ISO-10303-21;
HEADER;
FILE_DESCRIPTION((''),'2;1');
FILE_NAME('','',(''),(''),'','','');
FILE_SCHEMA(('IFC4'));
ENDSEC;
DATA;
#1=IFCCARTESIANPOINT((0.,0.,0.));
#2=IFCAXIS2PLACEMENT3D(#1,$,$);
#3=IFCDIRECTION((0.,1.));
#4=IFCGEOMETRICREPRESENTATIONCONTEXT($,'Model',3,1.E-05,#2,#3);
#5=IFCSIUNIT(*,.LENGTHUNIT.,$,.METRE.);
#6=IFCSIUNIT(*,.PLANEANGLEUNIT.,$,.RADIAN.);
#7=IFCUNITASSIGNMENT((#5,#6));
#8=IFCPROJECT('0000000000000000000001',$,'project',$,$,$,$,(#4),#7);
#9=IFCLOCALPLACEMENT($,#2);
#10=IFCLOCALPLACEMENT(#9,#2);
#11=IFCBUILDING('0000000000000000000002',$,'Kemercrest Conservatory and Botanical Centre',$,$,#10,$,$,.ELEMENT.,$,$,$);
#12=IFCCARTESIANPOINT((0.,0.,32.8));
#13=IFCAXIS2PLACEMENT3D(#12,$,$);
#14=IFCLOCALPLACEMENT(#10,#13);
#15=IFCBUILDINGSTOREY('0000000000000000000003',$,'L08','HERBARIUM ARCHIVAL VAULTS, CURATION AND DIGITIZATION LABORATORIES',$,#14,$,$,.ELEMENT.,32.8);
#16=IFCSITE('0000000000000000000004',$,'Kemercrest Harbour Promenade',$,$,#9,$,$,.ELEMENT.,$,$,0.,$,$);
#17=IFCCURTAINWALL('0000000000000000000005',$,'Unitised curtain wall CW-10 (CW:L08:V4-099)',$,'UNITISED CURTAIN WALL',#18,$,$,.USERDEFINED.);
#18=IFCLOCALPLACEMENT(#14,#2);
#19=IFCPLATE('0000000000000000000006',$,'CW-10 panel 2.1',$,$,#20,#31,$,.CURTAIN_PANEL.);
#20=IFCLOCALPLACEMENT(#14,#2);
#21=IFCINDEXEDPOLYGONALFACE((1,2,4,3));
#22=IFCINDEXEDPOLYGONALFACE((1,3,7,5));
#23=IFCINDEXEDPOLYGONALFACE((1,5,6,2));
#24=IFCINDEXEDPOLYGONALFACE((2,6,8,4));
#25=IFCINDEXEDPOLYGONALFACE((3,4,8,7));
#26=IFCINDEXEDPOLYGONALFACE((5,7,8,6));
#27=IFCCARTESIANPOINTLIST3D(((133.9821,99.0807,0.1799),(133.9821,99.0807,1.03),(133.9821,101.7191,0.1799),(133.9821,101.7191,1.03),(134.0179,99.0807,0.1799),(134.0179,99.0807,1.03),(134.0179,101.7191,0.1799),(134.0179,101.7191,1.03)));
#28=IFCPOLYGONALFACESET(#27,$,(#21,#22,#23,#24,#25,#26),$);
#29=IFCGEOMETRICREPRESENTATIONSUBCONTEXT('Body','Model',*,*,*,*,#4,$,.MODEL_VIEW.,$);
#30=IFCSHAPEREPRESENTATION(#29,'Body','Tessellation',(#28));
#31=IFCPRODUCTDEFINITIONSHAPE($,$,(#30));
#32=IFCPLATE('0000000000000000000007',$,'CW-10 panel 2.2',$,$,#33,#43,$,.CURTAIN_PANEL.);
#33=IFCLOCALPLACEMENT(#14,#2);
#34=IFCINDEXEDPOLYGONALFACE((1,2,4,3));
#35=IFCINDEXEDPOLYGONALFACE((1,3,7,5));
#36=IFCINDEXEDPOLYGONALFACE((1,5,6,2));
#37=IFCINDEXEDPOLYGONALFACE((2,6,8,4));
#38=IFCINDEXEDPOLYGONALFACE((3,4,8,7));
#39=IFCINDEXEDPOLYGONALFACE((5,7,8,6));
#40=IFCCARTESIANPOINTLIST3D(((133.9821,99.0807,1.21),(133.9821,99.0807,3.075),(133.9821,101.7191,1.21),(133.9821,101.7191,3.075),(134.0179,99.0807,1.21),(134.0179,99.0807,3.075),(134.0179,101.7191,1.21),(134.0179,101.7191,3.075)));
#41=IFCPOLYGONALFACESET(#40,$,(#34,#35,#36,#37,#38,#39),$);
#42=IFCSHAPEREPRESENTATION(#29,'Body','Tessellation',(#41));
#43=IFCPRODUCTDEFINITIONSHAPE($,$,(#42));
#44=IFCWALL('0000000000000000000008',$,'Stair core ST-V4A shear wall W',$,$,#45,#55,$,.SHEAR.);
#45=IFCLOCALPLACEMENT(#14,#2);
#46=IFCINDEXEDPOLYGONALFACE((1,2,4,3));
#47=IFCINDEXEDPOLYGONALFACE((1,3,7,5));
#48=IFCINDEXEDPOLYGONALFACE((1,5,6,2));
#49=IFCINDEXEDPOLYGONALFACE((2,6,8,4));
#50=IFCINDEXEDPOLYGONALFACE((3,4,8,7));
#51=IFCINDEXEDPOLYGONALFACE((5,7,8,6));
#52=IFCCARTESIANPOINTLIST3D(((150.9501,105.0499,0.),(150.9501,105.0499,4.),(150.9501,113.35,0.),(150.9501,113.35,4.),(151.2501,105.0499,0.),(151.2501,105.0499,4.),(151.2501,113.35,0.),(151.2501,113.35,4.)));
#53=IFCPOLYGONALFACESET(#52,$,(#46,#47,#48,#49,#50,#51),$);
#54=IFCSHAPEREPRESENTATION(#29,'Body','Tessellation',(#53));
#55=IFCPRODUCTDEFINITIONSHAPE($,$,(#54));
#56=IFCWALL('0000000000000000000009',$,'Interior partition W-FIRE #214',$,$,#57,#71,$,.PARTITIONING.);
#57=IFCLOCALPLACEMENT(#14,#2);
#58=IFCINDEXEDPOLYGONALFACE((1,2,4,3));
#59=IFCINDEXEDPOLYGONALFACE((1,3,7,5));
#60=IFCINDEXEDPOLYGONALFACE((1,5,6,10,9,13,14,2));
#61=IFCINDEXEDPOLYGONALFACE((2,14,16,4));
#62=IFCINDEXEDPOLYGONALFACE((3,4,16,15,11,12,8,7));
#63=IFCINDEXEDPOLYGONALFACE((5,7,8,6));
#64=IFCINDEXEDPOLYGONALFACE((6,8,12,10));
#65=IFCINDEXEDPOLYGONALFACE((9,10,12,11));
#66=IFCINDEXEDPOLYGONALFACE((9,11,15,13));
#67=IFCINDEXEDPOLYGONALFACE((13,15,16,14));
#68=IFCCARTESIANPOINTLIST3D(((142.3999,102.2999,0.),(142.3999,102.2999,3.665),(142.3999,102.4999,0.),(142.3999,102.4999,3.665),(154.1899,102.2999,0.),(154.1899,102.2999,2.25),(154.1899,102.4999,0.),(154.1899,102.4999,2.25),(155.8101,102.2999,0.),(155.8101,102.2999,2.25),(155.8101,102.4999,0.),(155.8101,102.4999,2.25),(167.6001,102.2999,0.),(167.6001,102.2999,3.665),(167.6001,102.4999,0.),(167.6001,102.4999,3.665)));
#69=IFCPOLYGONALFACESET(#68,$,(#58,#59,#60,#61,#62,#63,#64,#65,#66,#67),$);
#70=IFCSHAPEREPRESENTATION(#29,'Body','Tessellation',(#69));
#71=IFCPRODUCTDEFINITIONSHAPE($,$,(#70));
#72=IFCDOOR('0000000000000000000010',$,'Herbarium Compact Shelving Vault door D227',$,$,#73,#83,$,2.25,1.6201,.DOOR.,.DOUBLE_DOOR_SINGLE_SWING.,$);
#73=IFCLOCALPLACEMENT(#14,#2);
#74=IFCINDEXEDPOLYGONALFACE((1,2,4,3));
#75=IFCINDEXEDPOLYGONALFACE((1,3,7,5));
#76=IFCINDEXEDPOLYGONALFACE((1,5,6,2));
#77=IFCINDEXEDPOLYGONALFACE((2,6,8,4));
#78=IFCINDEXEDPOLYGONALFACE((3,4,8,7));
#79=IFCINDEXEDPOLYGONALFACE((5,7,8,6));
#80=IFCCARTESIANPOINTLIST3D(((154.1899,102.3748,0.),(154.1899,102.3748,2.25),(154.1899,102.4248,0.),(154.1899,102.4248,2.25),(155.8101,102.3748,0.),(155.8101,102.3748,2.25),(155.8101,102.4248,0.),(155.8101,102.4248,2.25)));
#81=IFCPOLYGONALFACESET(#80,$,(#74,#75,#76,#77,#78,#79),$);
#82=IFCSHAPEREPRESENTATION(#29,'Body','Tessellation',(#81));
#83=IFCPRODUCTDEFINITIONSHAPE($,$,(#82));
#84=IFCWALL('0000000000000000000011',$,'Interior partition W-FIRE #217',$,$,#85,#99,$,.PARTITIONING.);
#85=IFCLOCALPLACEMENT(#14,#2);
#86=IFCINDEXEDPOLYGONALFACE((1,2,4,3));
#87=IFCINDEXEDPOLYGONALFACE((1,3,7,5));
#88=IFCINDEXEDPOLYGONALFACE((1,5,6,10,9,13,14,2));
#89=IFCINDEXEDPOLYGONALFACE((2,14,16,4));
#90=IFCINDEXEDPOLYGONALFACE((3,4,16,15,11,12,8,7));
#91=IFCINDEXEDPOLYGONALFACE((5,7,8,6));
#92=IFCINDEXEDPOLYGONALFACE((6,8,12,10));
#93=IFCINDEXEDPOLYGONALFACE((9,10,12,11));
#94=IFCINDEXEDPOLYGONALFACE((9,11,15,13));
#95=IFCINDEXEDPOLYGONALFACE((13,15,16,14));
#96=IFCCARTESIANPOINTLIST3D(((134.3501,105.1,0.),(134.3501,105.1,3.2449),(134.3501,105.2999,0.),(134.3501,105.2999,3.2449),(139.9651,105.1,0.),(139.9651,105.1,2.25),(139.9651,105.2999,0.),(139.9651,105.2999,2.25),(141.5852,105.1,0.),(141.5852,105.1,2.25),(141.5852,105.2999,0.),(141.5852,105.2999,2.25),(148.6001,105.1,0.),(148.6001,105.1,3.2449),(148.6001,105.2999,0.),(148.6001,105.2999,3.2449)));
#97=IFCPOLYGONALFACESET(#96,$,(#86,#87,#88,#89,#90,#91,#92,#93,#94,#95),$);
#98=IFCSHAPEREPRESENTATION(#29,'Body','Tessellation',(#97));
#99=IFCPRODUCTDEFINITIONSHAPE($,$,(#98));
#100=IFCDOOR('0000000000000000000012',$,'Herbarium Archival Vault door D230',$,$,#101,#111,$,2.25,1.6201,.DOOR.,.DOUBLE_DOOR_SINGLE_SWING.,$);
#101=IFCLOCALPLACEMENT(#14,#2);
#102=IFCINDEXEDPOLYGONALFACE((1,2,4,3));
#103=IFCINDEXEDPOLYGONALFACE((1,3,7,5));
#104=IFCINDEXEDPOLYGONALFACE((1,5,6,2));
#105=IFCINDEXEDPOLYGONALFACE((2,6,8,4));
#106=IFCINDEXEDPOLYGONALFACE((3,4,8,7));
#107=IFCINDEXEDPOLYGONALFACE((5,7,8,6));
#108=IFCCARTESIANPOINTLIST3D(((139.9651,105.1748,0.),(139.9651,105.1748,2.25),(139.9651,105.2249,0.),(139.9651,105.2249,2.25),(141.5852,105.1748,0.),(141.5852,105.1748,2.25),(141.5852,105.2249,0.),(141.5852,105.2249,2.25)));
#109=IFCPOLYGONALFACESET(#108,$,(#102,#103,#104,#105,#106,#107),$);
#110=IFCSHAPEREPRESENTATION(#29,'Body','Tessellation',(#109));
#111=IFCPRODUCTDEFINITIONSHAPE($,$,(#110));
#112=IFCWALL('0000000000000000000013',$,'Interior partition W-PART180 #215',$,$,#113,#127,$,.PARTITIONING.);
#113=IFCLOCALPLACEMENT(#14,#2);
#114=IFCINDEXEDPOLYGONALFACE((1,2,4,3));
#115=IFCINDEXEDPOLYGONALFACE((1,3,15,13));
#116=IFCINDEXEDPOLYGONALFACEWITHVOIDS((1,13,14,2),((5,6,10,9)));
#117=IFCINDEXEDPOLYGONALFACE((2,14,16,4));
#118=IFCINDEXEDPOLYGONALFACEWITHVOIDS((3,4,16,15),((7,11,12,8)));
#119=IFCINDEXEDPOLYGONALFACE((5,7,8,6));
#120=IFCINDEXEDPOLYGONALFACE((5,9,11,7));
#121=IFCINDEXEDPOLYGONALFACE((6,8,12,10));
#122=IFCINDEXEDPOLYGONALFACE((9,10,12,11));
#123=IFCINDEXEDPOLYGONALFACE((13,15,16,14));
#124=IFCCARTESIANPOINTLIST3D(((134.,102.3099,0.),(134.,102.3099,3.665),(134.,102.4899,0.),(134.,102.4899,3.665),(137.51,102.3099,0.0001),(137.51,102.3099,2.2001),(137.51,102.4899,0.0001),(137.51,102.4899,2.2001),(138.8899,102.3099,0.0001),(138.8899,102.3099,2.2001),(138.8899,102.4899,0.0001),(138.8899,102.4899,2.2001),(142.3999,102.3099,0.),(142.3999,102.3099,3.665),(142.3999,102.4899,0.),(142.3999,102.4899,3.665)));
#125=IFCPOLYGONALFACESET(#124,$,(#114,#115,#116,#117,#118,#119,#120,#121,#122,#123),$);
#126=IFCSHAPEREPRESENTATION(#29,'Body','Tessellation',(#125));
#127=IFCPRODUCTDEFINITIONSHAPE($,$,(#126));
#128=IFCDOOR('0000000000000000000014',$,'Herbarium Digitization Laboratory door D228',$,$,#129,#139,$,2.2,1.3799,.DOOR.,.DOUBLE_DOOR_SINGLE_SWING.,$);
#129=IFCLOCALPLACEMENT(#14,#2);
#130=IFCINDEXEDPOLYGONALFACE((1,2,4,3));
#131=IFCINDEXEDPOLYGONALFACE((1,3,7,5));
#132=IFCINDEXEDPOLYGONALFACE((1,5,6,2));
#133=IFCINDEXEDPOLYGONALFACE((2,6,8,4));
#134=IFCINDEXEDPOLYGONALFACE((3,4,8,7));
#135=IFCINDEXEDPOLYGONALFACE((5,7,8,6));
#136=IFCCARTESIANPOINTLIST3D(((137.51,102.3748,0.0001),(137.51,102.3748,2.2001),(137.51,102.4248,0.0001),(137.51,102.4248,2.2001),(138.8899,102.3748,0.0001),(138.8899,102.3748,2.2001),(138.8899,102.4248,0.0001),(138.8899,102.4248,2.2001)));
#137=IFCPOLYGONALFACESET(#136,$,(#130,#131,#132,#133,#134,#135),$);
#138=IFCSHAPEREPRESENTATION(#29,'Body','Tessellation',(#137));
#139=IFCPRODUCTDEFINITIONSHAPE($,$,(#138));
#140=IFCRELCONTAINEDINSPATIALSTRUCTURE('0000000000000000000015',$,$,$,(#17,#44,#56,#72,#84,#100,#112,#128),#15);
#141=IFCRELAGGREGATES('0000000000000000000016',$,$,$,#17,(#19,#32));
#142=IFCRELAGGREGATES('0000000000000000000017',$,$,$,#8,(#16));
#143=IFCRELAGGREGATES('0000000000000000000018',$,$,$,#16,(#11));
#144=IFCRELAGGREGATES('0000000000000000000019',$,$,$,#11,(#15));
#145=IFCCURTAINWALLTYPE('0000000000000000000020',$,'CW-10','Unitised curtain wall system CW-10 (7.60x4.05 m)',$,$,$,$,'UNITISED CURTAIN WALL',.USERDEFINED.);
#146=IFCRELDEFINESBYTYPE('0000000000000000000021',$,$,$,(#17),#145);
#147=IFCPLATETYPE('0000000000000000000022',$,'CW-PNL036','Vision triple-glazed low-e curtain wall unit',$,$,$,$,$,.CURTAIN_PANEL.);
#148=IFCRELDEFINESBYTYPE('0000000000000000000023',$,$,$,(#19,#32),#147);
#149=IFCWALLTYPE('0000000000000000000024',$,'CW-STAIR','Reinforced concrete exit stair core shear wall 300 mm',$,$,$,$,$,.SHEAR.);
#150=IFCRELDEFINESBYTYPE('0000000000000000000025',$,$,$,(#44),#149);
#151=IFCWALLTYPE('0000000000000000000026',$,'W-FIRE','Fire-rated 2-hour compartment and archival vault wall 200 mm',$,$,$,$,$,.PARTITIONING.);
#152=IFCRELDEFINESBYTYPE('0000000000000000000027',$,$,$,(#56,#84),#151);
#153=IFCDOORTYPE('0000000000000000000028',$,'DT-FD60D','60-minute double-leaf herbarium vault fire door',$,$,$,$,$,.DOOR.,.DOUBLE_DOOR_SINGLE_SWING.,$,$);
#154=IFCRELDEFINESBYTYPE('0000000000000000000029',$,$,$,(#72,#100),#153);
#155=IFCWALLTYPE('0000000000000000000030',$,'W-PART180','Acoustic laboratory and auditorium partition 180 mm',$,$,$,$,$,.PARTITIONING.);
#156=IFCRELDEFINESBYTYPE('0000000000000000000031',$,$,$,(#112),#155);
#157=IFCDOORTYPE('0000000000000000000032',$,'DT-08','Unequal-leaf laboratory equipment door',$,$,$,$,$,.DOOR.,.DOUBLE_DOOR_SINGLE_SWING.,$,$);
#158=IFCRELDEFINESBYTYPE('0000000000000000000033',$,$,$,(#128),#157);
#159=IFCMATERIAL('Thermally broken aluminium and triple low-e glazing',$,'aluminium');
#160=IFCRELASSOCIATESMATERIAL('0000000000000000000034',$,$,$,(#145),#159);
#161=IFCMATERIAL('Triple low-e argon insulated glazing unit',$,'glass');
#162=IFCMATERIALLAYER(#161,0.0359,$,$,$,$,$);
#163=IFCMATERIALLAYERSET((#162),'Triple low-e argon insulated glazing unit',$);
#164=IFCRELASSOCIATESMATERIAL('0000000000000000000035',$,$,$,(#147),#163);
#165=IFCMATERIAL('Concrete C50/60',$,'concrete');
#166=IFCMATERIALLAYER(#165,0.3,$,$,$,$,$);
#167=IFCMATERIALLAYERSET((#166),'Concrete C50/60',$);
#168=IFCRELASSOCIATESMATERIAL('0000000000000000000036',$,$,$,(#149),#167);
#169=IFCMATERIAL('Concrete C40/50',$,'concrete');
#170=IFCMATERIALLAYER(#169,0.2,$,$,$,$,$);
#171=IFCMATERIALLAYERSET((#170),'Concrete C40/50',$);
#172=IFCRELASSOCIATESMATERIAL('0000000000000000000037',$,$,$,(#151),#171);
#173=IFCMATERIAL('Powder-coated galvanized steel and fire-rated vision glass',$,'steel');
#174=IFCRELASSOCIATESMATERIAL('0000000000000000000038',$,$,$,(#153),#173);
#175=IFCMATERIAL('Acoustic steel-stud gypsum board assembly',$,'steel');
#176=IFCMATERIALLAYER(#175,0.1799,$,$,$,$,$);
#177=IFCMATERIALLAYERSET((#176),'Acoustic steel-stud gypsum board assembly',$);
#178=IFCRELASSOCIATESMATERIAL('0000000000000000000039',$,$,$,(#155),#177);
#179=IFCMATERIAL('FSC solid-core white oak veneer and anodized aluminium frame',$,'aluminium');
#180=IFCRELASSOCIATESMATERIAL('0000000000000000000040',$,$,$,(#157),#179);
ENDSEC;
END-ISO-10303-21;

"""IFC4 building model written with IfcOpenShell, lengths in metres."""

from ifc_helpers import new_model, si_unit, direction, frame, frame_2d, origin, origin_2d, place, context, subcontext, project, spatial, rectangle, extrude, material, layer, layer_set, type_object, element, fill, aggregate, save


model = new_model("IFC4")

# Units and contexts
model_context = context("Model", 3, precision=1e-05, world=origin(), true_north=direction((0.0, 1.0)))
body_context = subcontext(model_context, "Body", "Model", "MODEL_VIEW")
ifc_project = project(units=[si_unit("LENGTHUNIT", "METRE"), si_unit("PLANEANGLEUNIT", "RADIAN")], contexts=[model_context])

# Site, building, storey
site_placement = place(None, origin())
site = spatial("IfcSite", under=ifc_project, at=site_placement, Name="Kemercrest Harbour Promenade", CompositionType="ELEMENT", RefElevation=0.0)
building_placement = place(site_placement, origin())
building = spatial("IfcBuilding", under=site, at=building_placement, Name="Kemercrest Conservatory and Botanical Centre", CompositionType="ELEMENT")
storey_placement = place(building_placement, frame((0.0, 0.0, 32.8)))
storey = spatial("IfcBuildingStorey", under=building, at=storey_placement, Name="L08", Description="HERBARIUM ARCHIVAL VAULTS, CURATION AND DIGITIZATION LABORATORIES", CompositionType="ELEMENT", Elevation=32.8)

# Shared definitions
ifc_material_1 = material(Name="Concrete C50/60", Category="concrete")

# Shared definitions
ifc_material_2 = material(Name="Concrete C40/50", Category="concrete")

# Curtain wall
ifc_material_3 = material(Name="Thermally broken aluminium and triple low-e glazing", Category="aluminium")
curtain_wall_type = type_object("IfcCurtainWallType", Name="CW-10", Description="Unitised curtain wall system CW-10 (7.60x4.05 m)", ElementType="UNITISED CURTAIN WALL", PredefinedType="USERDEFINED", material=ifc_material_3)
curtain_wall_placement = place(storey_placement, origin())
curtain_wall = element("IfcCurtainWall", 1, at=curtain_wall_placement, inside=storey, type_object=curtain_wall_type, Name="Unitised curtain wall CW-10 (CW:L08:V4-099)", ObjectType="UNITISED CURTAIN WALL", PredefinedType="USERDEFINED")

# Plates
ifc_material_4 = material(Name="Triple low-e argon insulated glazing unit", Category="glass")
ifc_layer_1 = layer(ifc_material_4, 0.0359)
ifc_layer_set_1 = layer_set([ifc_layer_1], Name="Triple low-e argon insulated glazing unit")
plate_type = type_object("IfcPlateType", Name="CW-PNL036", Description="Vision triple-glazed low-e curtain wall unit", PredefinedType="CURTAIN_PANEL", material=ifc_layer_set_1)
plate_1_placement = place(storey_placement, frame((134.0, 100.3999, 0.1799), z_axis=(0.0, 0.0, 1.0), x_axis=(0.0, -1.0, 0.0)))
plate_1 = element("IfcPlate", 2, at=plate_1_placement, type_object=plate_type, Name="CW-10 panel 2.1", PredefinedType="CURTAIN_PANEL", context=body_context, shape_type="SweptSolid", body=[
    extrude(rectangle(XDim=2.6384, YDim=0.0359, at=origin_2d()), origin(), (0.0, 0.0, 1.0), 0.8501),
])
plate_2_placement = place(storey_placement, frame((134.0, 100.3999, 1.21), z_axis=(0.0, 0.0, 1.0), x_axis=(0.0, -1.0, 0.0)))
plate_2 = element("IfcPlate", 3, at=plate_2_placement, type_object=plate_type, Name="CW-10 panel 2.2", PredefinedType="CURTAIN_PANEL", context=body_context, shape_type="SweptSolid", body=[
    extrude(rectangle(XDim=2.6384, YDim=0.0359, at=origin_2d()), origin(), (0.0, 0.0, 1.0), 1.865),
])
aggregate(curtain_wall, [plate_1, plate_2])

# Wall
ifc_layer_2 = layer(ifc_material_1, 0.3)
ifc_layer_set_2 = layer_set([ifc_layer_2], Name="Concrete C50/60")
wall_type_1 = type_object("IfcWallType", Name="CW-STAIR", Description="Reinforced concrete exit stair core shear wall 300 mm", PredefinedType="SHEAR", material=ifc_layer_set_2)
wall_1_placement = place(storey_placement, frame((151.1001, 105.05, 0.0), z_axis=(0.0, 0.0, 1.0), x_axis=(0.0, 1.0, 0.0)))
element("IfcWall", 4, at=wall_1_placement, inside=storey, type_object=wall_type_1, Name="Stair core ST-V4A shear wall W", PredefinedType="SHEAR", context=body_context, shape_type="SweptSolid", body=[
    extrude(rectangle(XDim=8.3, YDim=0.3, at=frame_2d((4.1499, 0.0))), origin(), (0.0, 0.0, 1.0), 4.0),
])

# Walls, openings, doors
ifc_layer_3 = layer(ifc_material_2, 0.2)
ifc_layer_set_3 = layer_set([ifc_layer_3], Name="Concrete C40/50")
wall_type_2 = type_object("IfcWallType", Name="W-FIRE", Description="Fire-rated 2-hour compartment and archival vault wall 200 mm", PredefinedType="PARTITIONING", material=ifc_layer_set_3)
wall_2_placement = place(storey_placement, frame((142.3999, 102.3999, 0.0), z_axis=(0.0, 0.0, 1.0), x_axis=(1.0, 0.0, 0.0)))
wall_2 = element("IfcWall", 5, at=wall_2_placement, inside=storey, type_object=wall_type_2, Name="Interior partition W-FIRE #214", PredefinedType="PARTITIONING", context=body_context, shape_type="SweptSolid", body=[
    extrude(rectangle(XDim=25.2002, YDim=0.2, at=frame_2d((12.6001, 0.0))), origin(), (0.0, 0.0, 1.0), 3.665),
])
opening_1_placement = place(wall_2_placement, frame((11.79, 0.0, 0.0)))
opening_1 = element("IfcOpeningElement", 6, at=opening_1_placement, cuts=wall_2, PredefinedType="OPENING", context=body_context, shape_type="SweptSolid", body=[
    extrude(rectangle(XDim=1.6201, YDim=2.25, at=frame_2d((0.8101, 1.125))), frame((0.0, 0.1099, 0.0), z_axis=(0.0, -1.0, 0.0), x_axis=(1.0, 0.0, 0.0)), (0.0, 0.0, 1.0), 0.22),
])
ifc_material_5 = material(Name="Powder-coated galvanized steel and fire-rated vision glass", Category="steel")
door_type_1 = type_object("IfcDoorType", Name="DT-FD60D", Description="60-minute double-leaf herbarium vault fire door", OperationType="DOUBLE_DOOR_SINGLE_SWING", PredefinedType="DOOR", material=ifc_material_5)
door_1_placement = place(opening_1_placement, origin())
door_1 = element("IfcDoor", 7, at=door_1_placement, inside=storey, type_object=door_type_1, Name="Herbarium Compact Shelving Vault door D227", OperationType="DOUBLE_DOOR_SINGLE_SWING", OverallHeight=2.25, OverallWidth=1.6201, PredefinedType="DOOR", context=body_context, shape_type="SweptSolid", body=[
    extrude(rectangle(XDim=1.6201, YDim=2.25, at=frame_2d((0.8101, 1.125))), frame((0.0, 0.0249, 0.0), z_axis=(0.0, -1.0, 0.0), x_axis=(1.0, 0.0, 0.0)), (0.0, 0.0, 1.0), 0.05),
])
fill(opening_1, door_1)
wall_3_placement = place(storey_placement, frame((134.3501, 105.2, 0.0), z_axis=(0.0, 0.0, 1.0), x_axis=(1.0, 0.0, 0.0)))
wall_3 = element("IfcWall", 8, at=wall_3_placement, inside=storey, type_object=wall_type_2, Name="Interior partition W-FIRE #217", PredefinedType="PARTITIONING", context=body_context, shape_type="SweptSolid", body=[
    extrude(rectangle(XDim=14.25, YDim=0.2, at=frame_2d((7.125, 0.0))), origin(), (0.0, 0.0, 1.0), 3.2449),
])
opening_2_placement = place(wall_3_placement, frame((5.615, 0.0, 0.0)))
opening_2 = element("IfcOpeningElement", 9, at=opening_2_placement, cuts=wall_3, PredefinedType="OPENING", context=body_context, shape_type="SweptSolid", body=[
    extrude(rectangle(XDim=1.6201, YDim=2.25, at=frame_2d((0.8101, 1.125))), frame((0.0, 0.1099, 0.0), z_axis=(0.0, -1.0, 0.0), x_axis=(1.0, 0.0, 0.0)), (0.0, 0.0, 1.0), 0.22),
])
door_2_placement = place(opening_2_placement, origin())
door_2 = element("IfcDoor", 10, at=door_2_placement, inside=storey, type_object=door_type_1, Name="Herbarium Archival Vault door D230", OperationType="DOUBLE_DOOR_SINGLE_SWING", OverallHeight=2.25, OverallWidth=1.6201, PredefinedType="DOOR", context=body_context, shape_type="SweptSolid", body=[
    extrude(rectangle(XDim=1.6201, YDim=2.25, at=frame_2d((0.8101, 1.125))), frame((0.0, 0.0249, 0.0), z_axis=(0.0, -1.0, 0.0), x_axis=(1.0, 0.0, 0.0)), (0.0, 0.0, 1.0), 0.05),
])
fill(opening_2, door_2)
ifc_material_6 = material(Name="Acoustic steel-stud gypsum board assembly", Category="steel")
ifc_layer_4 = layer(ifc_material_6, 0.1799)
ifc_layer_set_4 = layer_set([ifc_layer_4], Name="Acoustic steel-stud gypsum board assembly")
wall_type_3 = type_object("IfcWallType", Name="W-PART180", Description="Acoustic laboratory and auditorium partition 180 mm", PredefinedType="PARTITIONING", material=ifc_layer_set_4)
wall_4_placement = place(storey_placement, frame((134.0, 102.3999, 0.0), z_axis=(0.0, 0.0, 1.0), x_axis=(1.0, 0.0, 0.0)))
wall_4 = element("IfcWall", 11, at=wall_4_placement, inside=storey, type_object=wall_type_3, Name="Interior partition W-PART180 #215", PredefinedType="PARTITIONING", context=body_context, shape_type="SweptSolid", body=[
    extrude(rectangle(XDim=8.3999, YDim=0.1799, at=frame_2d((4.2, 0.0))), origin(), (0.0, 0.0, 1.0), 3.665),
])
opening_3_placement = place(wall_4_placement, frame((3.51, 0.0, 0.0)))
opening_3 = element("IfcOpeningElement", 12, at=opening_3_placement, cuts=wall_4, PredefinedType="OPENING", context=body_context, shape_type="SweptSolid", body=[
    extrude(rectangle(XDim=1.3799, YDim=2.2, at=frame_2d((0.6899, 1.1001))), frame((0.0, 0.1001, 0.0), z_axis=(0.0, -1.0, 0.0), x_axis=(1.0, 0.0, 0.0)), (0.0, 0.0, 1.0), 0.2),
])
ifc_material_7 = material(Name="FSC solid-core white oak veneer and anodized aluminium frame", Category="aluminium")
door_type_2 = type_object("IfcDoorType", Name="DT-08", Description="Unequal-leaf laboratory equipment door", OperationType="DOUBLE_DOOR_SINGLE_SWING", PredefinedType="DOOR", material=ifc_material_7)
door_3_placement = place(opening_3_placement, origin())
door_3 = element("IfcDoor", 13, at=door_3_placement, inside=storey, type_object=door_type_2, Name="Herbarium Digitization Laboratory door D228", OperationType="DOUBLE_DOOR_SINGLE_SWING", OverallHeight=2.2, OverallWidth=1.3799, PredefinedType="DOOR", context=body_context, shape_type="SweptSolid", body=[
    extrude(rectangle(XDim=1.3799, YDim=2.2, at=frame_2d((0.6899, 1.1001))), frame((0.0, 0.0249, 0.0), z_axis=(0.0, -1.0, 0.0), x_axis=(1.0, 0.0, 0.0)), (0.0, 0.0, 1.0), 0.05),
])
fill(opening_3, door_3)

save(model, "model.ifc")
